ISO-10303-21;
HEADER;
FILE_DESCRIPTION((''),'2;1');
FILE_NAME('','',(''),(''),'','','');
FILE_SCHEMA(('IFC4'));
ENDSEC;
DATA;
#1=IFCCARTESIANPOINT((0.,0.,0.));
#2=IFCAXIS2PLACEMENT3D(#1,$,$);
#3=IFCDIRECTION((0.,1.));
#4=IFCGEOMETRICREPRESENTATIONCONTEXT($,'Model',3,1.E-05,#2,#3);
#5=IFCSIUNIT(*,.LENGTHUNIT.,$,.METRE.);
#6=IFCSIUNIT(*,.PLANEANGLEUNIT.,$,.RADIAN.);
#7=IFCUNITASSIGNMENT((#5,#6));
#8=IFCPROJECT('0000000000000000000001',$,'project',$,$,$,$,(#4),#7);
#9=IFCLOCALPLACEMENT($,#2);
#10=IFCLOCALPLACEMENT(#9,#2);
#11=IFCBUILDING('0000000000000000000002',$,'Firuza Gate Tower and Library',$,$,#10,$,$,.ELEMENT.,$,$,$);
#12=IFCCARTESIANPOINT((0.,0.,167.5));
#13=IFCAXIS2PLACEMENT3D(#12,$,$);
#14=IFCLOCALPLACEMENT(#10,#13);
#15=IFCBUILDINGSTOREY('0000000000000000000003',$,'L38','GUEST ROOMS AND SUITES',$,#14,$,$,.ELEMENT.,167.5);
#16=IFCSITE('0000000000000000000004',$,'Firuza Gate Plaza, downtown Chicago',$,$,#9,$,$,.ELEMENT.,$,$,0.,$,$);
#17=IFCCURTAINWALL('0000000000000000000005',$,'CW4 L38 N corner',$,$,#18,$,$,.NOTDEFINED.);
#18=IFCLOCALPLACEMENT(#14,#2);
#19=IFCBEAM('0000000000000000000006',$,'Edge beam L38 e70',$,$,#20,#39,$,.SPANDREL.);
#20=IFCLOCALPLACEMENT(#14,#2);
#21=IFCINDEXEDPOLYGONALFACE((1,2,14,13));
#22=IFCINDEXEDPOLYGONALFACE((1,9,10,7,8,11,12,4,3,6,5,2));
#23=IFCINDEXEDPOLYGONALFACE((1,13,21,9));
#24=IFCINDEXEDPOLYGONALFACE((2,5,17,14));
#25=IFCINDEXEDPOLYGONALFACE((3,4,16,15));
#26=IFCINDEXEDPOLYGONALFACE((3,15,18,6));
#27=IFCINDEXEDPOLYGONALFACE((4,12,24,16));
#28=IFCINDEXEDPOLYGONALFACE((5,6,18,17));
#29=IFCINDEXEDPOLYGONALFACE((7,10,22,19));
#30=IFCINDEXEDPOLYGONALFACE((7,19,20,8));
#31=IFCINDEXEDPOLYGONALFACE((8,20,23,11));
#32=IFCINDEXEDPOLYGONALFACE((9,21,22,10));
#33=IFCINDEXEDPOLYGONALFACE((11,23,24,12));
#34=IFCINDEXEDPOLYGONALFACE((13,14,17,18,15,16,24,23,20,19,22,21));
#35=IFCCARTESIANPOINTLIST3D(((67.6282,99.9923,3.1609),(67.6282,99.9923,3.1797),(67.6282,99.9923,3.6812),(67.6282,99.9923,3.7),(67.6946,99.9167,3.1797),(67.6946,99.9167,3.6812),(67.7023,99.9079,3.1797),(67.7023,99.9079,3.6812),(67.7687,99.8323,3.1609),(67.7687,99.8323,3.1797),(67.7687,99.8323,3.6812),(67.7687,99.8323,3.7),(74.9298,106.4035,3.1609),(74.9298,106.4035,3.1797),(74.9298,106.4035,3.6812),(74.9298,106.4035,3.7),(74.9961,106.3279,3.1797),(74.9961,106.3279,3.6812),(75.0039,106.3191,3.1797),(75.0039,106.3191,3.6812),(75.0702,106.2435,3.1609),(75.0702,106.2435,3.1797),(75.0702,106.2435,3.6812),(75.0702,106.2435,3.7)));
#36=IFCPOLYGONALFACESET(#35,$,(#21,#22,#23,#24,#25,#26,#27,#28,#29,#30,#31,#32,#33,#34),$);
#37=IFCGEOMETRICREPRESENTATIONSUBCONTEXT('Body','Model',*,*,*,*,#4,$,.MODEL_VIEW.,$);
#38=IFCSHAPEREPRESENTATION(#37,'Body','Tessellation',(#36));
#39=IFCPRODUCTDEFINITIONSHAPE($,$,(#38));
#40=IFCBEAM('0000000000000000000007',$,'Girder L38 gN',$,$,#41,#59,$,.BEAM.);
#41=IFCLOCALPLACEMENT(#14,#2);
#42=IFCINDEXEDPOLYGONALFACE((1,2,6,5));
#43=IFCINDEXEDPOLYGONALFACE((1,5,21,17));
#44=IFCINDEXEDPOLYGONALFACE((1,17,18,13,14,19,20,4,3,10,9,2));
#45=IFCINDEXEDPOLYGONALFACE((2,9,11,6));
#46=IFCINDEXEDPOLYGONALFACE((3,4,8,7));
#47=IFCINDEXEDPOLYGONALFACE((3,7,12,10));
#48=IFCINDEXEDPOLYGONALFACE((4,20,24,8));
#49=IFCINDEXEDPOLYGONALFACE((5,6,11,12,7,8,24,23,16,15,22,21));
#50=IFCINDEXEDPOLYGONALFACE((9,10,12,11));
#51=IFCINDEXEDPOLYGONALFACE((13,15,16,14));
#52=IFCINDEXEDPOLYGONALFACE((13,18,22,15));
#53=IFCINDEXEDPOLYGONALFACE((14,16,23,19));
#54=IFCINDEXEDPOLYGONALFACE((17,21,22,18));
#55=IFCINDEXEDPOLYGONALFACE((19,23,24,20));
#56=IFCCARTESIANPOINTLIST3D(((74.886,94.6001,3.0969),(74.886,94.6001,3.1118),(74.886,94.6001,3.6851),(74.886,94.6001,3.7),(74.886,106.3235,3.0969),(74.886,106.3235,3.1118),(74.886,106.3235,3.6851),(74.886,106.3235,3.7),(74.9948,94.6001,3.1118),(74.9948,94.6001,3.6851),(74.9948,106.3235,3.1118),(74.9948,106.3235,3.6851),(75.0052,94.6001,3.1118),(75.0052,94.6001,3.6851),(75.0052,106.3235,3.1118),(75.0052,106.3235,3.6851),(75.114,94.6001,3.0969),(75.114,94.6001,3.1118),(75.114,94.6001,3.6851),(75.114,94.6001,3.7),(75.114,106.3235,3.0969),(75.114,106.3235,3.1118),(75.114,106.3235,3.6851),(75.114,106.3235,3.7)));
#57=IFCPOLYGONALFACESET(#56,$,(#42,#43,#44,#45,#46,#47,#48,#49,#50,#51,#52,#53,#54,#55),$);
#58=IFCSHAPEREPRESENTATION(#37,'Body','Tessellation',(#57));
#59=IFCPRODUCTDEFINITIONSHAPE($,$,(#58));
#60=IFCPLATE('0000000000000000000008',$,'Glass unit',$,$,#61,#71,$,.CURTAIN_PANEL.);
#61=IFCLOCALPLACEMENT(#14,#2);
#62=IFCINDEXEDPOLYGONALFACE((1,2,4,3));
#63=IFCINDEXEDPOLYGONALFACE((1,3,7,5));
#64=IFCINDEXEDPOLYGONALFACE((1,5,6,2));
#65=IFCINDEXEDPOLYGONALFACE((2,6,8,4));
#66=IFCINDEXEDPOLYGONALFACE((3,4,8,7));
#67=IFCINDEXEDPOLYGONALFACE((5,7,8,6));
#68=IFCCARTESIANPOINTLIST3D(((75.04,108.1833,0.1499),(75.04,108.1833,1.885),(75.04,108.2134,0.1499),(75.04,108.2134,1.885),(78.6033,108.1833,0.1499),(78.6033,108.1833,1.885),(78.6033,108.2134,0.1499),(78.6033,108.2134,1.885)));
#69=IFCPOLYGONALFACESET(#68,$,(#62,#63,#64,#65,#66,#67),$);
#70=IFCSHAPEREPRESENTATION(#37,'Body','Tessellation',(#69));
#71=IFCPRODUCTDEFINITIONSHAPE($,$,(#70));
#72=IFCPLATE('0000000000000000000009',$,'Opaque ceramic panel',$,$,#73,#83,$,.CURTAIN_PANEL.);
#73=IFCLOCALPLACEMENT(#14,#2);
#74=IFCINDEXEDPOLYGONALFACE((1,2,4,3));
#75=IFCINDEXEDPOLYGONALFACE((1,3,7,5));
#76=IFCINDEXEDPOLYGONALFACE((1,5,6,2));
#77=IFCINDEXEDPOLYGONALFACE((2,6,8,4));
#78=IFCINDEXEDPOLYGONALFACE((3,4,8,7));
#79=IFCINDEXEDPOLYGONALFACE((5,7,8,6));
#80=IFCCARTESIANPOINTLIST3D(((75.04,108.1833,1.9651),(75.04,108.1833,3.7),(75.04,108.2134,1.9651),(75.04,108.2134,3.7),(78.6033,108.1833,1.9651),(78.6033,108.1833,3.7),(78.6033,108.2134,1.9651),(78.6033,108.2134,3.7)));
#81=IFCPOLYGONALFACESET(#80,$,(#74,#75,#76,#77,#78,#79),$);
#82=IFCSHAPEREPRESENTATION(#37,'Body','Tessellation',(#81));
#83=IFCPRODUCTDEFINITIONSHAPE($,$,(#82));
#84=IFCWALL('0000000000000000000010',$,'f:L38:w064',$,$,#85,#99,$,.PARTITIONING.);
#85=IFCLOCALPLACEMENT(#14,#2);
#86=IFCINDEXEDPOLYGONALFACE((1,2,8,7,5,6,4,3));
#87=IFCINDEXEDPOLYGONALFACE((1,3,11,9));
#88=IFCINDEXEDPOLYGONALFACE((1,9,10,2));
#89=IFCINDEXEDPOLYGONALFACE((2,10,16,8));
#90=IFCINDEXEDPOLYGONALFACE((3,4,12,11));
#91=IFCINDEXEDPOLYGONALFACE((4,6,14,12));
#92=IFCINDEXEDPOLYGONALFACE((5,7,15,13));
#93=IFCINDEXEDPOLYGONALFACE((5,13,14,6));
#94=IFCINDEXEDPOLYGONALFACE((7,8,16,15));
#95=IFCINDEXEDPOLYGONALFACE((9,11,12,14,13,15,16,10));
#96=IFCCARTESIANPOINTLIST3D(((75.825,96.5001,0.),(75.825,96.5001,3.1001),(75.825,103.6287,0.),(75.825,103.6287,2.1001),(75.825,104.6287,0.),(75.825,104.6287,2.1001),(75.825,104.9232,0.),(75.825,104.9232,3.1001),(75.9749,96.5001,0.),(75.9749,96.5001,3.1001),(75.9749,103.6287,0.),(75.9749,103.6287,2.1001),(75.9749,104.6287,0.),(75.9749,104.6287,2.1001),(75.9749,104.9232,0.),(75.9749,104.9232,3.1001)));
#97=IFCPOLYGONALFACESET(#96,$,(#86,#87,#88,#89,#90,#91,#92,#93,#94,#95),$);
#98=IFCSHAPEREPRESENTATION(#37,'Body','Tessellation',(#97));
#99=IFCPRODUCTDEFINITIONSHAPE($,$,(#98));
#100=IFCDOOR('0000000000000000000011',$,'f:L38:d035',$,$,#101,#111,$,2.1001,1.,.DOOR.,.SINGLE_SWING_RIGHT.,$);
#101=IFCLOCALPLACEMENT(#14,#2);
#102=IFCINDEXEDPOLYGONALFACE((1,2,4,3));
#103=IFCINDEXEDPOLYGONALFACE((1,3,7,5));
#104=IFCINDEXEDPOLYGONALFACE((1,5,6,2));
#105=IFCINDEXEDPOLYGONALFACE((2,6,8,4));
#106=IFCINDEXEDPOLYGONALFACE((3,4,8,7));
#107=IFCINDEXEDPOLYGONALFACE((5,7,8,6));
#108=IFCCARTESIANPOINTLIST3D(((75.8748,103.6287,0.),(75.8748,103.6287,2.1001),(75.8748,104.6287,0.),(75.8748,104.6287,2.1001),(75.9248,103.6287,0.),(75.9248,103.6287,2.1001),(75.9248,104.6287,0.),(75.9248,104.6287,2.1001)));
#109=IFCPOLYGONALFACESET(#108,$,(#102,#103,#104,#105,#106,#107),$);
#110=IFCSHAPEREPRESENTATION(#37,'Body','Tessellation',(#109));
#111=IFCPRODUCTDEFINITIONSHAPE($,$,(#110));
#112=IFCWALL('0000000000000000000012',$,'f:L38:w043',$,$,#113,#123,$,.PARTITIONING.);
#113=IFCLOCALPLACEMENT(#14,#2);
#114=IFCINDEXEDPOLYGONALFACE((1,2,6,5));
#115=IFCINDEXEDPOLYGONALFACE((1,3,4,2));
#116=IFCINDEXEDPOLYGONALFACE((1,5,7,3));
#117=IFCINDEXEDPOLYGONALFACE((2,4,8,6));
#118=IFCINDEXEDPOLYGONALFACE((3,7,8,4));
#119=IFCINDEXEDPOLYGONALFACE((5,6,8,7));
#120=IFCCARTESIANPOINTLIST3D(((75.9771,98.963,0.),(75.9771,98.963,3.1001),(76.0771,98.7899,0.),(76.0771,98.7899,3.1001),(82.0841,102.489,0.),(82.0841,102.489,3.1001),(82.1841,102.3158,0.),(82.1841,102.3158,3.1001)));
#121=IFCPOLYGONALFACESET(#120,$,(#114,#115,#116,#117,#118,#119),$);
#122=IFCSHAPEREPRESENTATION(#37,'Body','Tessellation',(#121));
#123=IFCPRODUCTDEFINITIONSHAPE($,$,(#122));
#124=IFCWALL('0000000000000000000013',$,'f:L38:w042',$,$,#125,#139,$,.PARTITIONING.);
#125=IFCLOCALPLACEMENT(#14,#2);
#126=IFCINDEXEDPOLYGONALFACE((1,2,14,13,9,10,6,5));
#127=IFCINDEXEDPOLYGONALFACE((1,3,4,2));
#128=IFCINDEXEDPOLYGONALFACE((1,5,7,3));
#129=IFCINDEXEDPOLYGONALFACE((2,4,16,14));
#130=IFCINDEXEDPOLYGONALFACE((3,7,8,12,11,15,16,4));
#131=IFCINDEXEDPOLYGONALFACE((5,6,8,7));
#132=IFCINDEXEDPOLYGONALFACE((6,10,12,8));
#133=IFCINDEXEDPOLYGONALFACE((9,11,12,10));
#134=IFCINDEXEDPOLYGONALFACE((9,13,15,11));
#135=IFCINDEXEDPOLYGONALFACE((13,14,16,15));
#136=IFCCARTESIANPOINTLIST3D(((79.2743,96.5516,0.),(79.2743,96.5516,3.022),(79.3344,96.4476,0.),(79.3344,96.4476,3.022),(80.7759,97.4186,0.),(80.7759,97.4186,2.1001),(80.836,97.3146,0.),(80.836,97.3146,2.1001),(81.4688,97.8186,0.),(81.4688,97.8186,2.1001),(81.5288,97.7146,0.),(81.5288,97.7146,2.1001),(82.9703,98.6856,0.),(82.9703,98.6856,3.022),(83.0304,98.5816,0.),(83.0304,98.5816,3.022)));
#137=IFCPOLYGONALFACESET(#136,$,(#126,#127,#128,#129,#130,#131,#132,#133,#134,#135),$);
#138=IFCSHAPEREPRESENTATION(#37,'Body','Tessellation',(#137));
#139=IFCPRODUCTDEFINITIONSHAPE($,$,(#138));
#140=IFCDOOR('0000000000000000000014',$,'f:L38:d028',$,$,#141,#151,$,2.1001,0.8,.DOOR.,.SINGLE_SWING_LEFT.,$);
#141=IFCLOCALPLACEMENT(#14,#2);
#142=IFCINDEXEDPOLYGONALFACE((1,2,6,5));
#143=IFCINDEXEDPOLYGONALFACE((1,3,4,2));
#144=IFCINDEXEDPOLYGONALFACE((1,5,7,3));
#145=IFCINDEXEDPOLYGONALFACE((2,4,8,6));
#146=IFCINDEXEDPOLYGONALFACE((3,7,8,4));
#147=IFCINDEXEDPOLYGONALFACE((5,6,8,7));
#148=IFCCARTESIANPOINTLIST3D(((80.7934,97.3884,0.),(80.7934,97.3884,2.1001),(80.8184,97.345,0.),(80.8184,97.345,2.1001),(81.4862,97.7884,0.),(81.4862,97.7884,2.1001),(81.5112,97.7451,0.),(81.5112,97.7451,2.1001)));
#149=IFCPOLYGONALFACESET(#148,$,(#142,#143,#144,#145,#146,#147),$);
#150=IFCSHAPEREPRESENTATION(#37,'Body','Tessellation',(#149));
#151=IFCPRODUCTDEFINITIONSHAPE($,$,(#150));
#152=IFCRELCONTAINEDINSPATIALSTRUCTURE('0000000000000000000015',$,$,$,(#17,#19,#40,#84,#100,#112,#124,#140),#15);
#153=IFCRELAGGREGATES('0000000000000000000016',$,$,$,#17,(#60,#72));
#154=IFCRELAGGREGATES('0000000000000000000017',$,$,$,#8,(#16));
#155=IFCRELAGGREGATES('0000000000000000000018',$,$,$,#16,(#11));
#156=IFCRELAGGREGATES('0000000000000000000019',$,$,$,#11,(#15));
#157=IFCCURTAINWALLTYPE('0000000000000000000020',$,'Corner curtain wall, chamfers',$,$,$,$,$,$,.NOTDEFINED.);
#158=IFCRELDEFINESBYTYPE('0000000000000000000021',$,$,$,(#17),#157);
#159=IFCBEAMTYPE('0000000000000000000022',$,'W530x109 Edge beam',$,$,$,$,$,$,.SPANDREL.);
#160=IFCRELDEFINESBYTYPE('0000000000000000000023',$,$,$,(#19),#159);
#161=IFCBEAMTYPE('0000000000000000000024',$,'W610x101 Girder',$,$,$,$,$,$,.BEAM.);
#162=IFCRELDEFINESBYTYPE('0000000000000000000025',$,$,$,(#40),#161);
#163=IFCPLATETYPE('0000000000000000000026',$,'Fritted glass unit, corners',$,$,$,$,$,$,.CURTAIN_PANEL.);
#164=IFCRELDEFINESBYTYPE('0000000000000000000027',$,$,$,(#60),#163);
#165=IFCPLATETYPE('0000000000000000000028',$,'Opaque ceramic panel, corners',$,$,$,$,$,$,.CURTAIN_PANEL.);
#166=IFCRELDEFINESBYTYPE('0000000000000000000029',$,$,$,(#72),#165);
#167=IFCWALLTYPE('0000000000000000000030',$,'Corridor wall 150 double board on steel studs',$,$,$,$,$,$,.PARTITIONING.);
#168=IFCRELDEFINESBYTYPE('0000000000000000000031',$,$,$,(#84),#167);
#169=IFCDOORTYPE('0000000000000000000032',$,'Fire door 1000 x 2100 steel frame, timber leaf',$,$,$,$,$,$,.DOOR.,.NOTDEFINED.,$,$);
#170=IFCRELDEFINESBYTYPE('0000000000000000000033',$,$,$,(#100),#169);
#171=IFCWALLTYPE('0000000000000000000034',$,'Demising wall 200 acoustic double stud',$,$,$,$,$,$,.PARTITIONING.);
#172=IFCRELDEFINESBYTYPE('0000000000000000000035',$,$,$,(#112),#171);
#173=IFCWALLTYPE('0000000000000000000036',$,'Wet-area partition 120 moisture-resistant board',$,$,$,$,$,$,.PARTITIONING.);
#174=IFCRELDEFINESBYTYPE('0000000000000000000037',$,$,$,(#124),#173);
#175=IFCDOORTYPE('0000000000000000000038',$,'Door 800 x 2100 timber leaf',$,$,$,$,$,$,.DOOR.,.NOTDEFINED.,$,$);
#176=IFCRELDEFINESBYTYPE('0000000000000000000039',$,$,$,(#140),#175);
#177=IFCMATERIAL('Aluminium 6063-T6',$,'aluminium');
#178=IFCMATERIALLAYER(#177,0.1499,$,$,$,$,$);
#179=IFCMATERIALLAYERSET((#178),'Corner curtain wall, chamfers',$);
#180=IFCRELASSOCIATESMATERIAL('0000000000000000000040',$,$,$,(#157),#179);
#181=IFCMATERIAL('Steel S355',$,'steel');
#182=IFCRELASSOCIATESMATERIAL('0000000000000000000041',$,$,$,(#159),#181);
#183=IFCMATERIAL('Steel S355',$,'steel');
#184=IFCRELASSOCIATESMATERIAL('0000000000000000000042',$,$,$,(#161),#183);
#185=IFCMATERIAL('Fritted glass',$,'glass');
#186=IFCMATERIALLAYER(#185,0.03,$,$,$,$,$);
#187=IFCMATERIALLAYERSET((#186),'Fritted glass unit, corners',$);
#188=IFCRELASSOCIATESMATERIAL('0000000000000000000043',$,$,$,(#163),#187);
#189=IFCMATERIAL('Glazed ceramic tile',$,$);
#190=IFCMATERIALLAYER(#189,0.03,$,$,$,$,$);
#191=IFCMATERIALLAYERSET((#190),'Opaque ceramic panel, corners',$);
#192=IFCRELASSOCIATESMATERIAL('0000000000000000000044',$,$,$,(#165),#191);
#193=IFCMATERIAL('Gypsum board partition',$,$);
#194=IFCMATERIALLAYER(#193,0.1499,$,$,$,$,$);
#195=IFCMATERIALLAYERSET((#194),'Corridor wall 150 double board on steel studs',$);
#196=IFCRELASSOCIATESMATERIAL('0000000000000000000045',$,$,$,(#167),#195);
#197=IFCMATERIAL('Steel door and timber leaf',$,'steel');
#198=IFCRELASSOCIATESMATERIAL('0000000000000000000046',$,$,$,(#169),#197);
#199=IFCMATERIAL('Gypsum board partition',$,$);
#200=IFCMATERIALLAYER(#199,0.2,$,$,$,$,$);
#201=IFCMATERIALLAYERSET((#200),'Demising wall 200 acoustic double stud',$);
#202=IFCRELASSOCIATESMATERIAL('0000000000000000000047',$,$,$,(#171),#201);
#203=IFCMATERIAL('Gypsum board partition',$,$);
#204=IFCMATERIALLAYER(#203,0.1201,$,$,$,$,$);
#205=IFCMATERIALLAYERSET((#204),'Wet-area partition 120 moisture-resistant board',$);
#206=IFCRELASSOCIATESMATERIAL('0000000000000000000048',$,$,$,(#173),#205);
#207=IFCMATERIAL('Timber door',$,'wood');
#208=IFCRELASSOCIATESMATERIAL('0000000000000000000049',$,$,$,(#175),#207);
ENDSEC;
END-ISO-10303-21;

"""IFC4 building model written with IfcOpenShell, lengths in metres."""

from ifc_helpers import new_model, si_unit, direction, frame, frame_2d, origin, origin_2d, place, context, subcontext, project, spatial, polyline, rectangle, i_section, outline, extrude, material, layer, layer_set, material_profile, profile_set, type_object, element, fill, aggregate, save


model = new_model("IFC4")

# Units and contexts
model_context = context("Model", 3, precision=1e-05, world=origin(), true_north=direction((0.0, 1.0)))
body_context = subcontext(model_context, "Body", "Model", "MODEL_VIEW")
ifc_project = project(units=[si_unit("LENGTHUNIT", "METRE"), si_unit("PLANEANGLEUNIT", "RADIAN")], contexts=[model_context])

# Site, building, storey
site_placement = place(None, origin())
site = spatial("IfcSite", under=ifc_project, at=site_placement, Name="Firuza Gate Plaza, downtown Chicago", CompositionType="ELEMENT", RefElevation=0.0)
building_placement = place(site_placement, origin())
building = spatial("IfcBuilding", under=site, at=building_placement, Name="Firuza Gate Tower and Library", CompositionType="ELEMENT")
storey_placement = place(building_placement, frame((0.0, 0.0, 167.5)))
storey = spatial("IfcBuildingStorey", under=building, at=storey_placement, Name="L38", Description="GUEST ROOMS AND SUITES", CompositionType="ELEMENT", Elevation=167.5)

# Curtain wall
ifc_material_1 = material(Name="Aluminium 6063-T6", Category="aluminium")
ifc_layer_1 = layer(ifc_material_1, 0.1499)
ifc_layer_set_1 = layer_set([ifc_layer_1], Name="Corner curtain wall, chamfers")
curtain_wall_type = type_object("IfcCurtainWallType", Name="Corner curtain wall, chamfers", PredefinedType="NOTDEFINED", material=ifc_layer_set_1)
curtain_wall_placement = place(storey_placement, origin())
curtain_wall = element("IfcCurtainWall", 1, at=curtain_wall_placement, inside=storey, type_object=curtain_wall_type, Name="CW4 L38 N corner", PredefinedType="NOTDEFINED")

# Beams
ifc_material_2 = material(Name="Steel S355", Category="steel")
ifc_material_profile_1 = material_profile(ifc_material_2, i_section(OverallWidth=0.2129, OverallDepth=0.5391, WebThickness=0.0117, FlangeThickness=0.0188, at=origin_2d()))
ifc_profile_set_1 = profile_set([ifc_material_profile_1], Name="Steel S355")
beam_type_1 = type_object("IfcBeamType", Name="W530x109 Edge beam", PredefinedType="SPANDREL", material=ifc_profile_set_1)
for number, where, z_axis, x_axis, name in (
    (2, (75.0, 106.3235, 3.4304), (-0.751438, -0.659804, 0.0), (0.659804, -0.751438, 0.0), "Edge beam L38 e70"),
):
    element("IfcBeam", number, at=place(storey_placement, frame(where, z_axis=z_axis, x_axis=x_axis)), inside=storey, type_object=beam_type_1, Name=name, PredefinedType="SPANDREL", context=body_context, shape_type="SweptSolid", body=[
        extrude(i_section(OverallWidth=0.2129, OverallDepth=0.5391, WebThickness=0.0117, FlangeThickness=0.0188, at=origin_2d()), origin(), (0.0, 0.0, 1.0), 9.7168),
    ])
ifc_material_3 = material(Name="Steel S355", Category="steel")
ifc_material_profile_2 = material_profile(ifc_material_3, i_section(OverallWidth=0.228, OverallDepth=0.603, WebThickness=0.0105, FlangeThickness=0.0149, at=origin_2d()))
ifc_profile_set_2 = profile_set([ifc_material_profile_2], Name="Steel S355")
beam_type_2 = type_object("IfcBeamType", Name="W610x101 Girder", PredefinedType="BEAM", material=ifc_profile_set_2)
beam_1_placement = place(storey_placement, frame((75.0, 106.3235, 3.3984), z_axis=(0.0, -1.0, 0.0), x_axis=(1.0, 0.0, 0.0)))
element("IfcBeam", 3, at=beam_1_placement, inside=storey, type_object=beam_type_2, Name="Girder L38 gN", PredefinedType="BEAM", context=body_context, shape_type="SweptSolid", body=[
    extrude(i_section(OverallWidth=0.228, OverallDepth=0.603, WebThickness=0.0105, FlangeThickness=0.0149, at=origin_2d()), origin(), (0.0, 0.0, 1.0), 11.7234),
])

# Plates
ifc_material_4 = material(Name="Fritted glass", Category="glass")
ifc_layer_2 = layer(ifc_material_4, 0.03)
ifc_layer_set_2 = layer_set([ifc_layer_2], Name="Fritted glass unit, corners")
plate_type_1 = type_object("IfcPlateType", Name="Fritted glass unit, corners", PredefinedType="CURTAIN_PANEL", material=ifc_layer_set_2)
plate_1_placement = place(storey_placement, frame((78.6033, 108.2134, 0.1499), z_axis=(0.0, 1.0, 0.0), x_axis=(-1.0, 0.0, 0.0)))
plate_1 = element("IfcPlate", 4, at=plate_1_placement, type_object=plate_type_1, Name="Glass unit", PredefinedType="CURTAIN_PANEL", context=body_context, shape_type="SweptSolid", body=[
    extrude(outline(polyline([(0.0, 0.0), (3.5632, 0.0), (3.5632, 1.7351), (0.0, 1.7351), (0.0, 0.0)])), origin(), (0.0, 0.0, -1.0), 0.03),
])
ifc_material_5 = material(Name="Glazed ceramic tile")
ifc_layer_3 = layer(ifc_material_5, 0.03)
ifc_layer_set_3 = layer_set([ifc_layer_3], Name="Opaque ceramic panel, corners")
plate_type_2 = type_object("IfcPlateType", Name="Opaque ceramic panel, corners", PredefinedType="CURTAIN_PANEL", material=ifc_layer_set_3)
plate_2_placement = place(storey_placement, frame((78.6033, 108.2134, 1.9651), z_axis=(0.0, 1.0, 0.0), x_axis=(-1.0, 0.0, 0.0)))
plate_2 = element("IfcPlate", 5, at=plate_2_placement, type_object=plate_type_2, Name="Opaque ceramic panel", PredefinedType="CURTAIN_PANEL", context=body_context, shape_type="SweptSolid", body=[
    extrude(outline(polyline([(0.0, 0.0), (3.5632, 0.0), (3.5632, 1.7349), (0.0, 1.7349), (0.0, 0.0)])), origin(), (0.0, 0.0, -1.0), 0.03),
])
aggregate(curtain_wall, [plate_1, plate_2])

# Wall, opening, door
ifc_material_6 = material(Name="Gypsum board partition")
ifc_layer_4 = layer(ifc_material_6, 0.1499)
ifc_layer_set_4 = layer_set([ifc_layer_4], Name="Corridor wall 150 double board on steel studs")
wall_type_1 = type_object("IfcWallType", Name="Corridor wall 150 double board on steel studs", PredefinedType="PARTITIONING", material=ifc_layer_set_4)
wall_1_placement = place(storey_placement, frame((75.8999, 104.9231, 0.0), z_axis=(0.0, 0.0, 1.0), x_axis=(0.0, -1.0, 0.0)))
wall_1 = element("IfcWall", 6, at=wall_1_placement, inside=storey, type_object=wall_type_1, Name="f:L38:w064", PredefinedType="PARTITIONING", context=body_context, shape_type="SweptSolid", body=[
    extrude(rectangle(XDim=8.4231, YDim=0.1499, at=frame_2d((4.2114, 0.0))), origin(), (0.0, 0.0, 1.0), 3.1001),
])
opening_1_placement = place(wall_1_placement, frame((0.2944, 0.0, 0.0)))
opening_1 = element("IfcOpeningElement", 7, at=opening_1_placement, cuts=wall_1, PredefinedType="OPENING", context=body_context, shape_type="SweptSolid", body=[
    extrude(rectangle(XDim=1.0, YDim=2.1001, at=frame_2d((0.5, 1.05))), frame((0.0, 0.085, 0.0), z_axis=(0.0, -1.0, 0.0), x_axis=(1.0, 0.0, 0.0)), (0.0, 0.0, 1.0), 0.1699),
])
ifc_material_7 = material(Name="Steel door and timber leaf", Category="steel")
door_type_1 = type_object("IfcDoorType", Name="Fire door 1000 x 2100 steel frame, timber leaf", OperationType="NOTDEFINED", PredefinedType="DOOR", material=ifc_material_7)
door_1_placement = place(opening_1_placement, origin())
door_1 = element("IfcDoor", 8, at=door_1_placement, inside=storey, type_object=door_type_1, Name="f:L38:d035", OperationType="SINGLE_SWING_RIGHT", OverallHeight=2.1001, OverallWidth=1.0, PredefinedType="DOOR", context=body_context, shape_type="SweptSolid", body=[
    extrude(rectangle(XDim=1.0, YDim=2.1001, at=frame_2d((0.5, 1.05))), frame((0.0, 0.0249, 0.0), z_axis=(0.0, -1.0, 0.0), x_axis=(1.0, 0.0, 0.0)), (0.0, 0.0, 1.0), 0.05),
])
fill(opening_1, door_1)

# Wall
ifc_material_8 = material(Name="Gypsum board partition")
ifc_layer_5 = layer(ifc_material_8, 0.2)
ifc_layer_set_5 = layer_set([ifc_layer_5], Name="Demising wall 200 acoustic double stud")
wall_type_2 = type_object("IfcWallType", Name="Demising wall 200 acoustic double stud", PredefinedType="PARTITIONING", material=ifc_layer_set_5)
wall_2_placement = place(storey_placement, frame((76.0271, 98.8765, 0.0), z_axis=(0.0, 0.0, 1.0), x_axis=(0.866023, 0.500004, 0.0)))
element("IfcWall", 9, at=wall_2_placement, inside=storey, type_object=wall_type_2, Name="f:L38:w043", PredefinedType="PARTITIONING", context=body_context, shape_type="SweptSolid", body=[
    extrude(rectangle(XDim=7.0518, YDim=0.2, at=frame_2d((3.5259, 0.0))), origin(), (0.0, 0.0, 1.0), 3.1001),
])

# Wall, opening, door
ifc_material_9 = material(Name="Gypsum board partition")
ifc_layer_6 = layer(ifc_material_9, 0.1201)
ifc_layer_set_6 = layer_set([ifc_layer_6], Name="Wet-area partition 120 moisture-resistant board")
wall_type_3 = type_object("IfcWallType", Name="Wet-area partition 120 moisture-resistant board", PredefinedType="PARTITIONING", material=ifc_layer_set_6)
wall_3_placement = place(storey_placement, frame((83.0002, 98.6335, 0.0), z_axis=(0.0, 0.0, 1.0), x_axis=(-0.866013, -0.500021, 0.0)))
wall_3 = element("IfcWall", 10, at=wall_3_placement, inside=storey, type_object=wall_type_3, Name="f:L38:w042", PredefinedType="PARTITIONING", context=body_context, shape_type="SweptSolid", body=[
    extrude(rectangle(XDim=4.2678, YDim=0.1201, at=frame_2d((2.1338, 0.0))), origin(), (0.0, 0.0, 1.0), 3.022),
])
opening_2_placement = place(wall_3_placement, frame((1.7339, 0.0, 0.0)))
opening_2 = element("IfcOpeningElement", 11, at=opening_2_placement, cuts=wall_3, PredefinedType="OPENING", context=body_context, shape_type="SweptSolid", body=[
    extrude(rectangle(XDim=0.8, YDim=2.1001, at=frame_2d((0.3999, 1.05))), frame((0.0, 0.0701, 0.0), z_axis=(0.0, -1.0, 0.0), x_axis=(1.0, 0.0, 0.0)), (0.0, 0.0, 1.0), 0.1401),
])
ifc_material_10 = material(Name="Timber door", Category="wood")
door_type_2 = type_object("IfcDoorType", Name="Door 800 x 2100 timber leaf", OperationType="NOTDEFINED", PredefinedType="DOOR", material=ifc_material_10)
door_2_placement = place(opening_2_placement, origin())
door_2 = element("IfcDoor", 12, at=door_2_placement, inside=storey, type_object=door_type_2, Name="f:L38:d028", OperationType="SINGLE_SWING_LEFT", OverallHeight=2.1001, OverallWidth=0.8, PredefinedType="DOOR", context=body_context, shape_type="SweptSolid", body=[
    extrude(rectangle(XDim=0.8, YDim=2.1001, at=frame_2d((0.3999, 1.05))), frame((0.0, 0.0249, 0.0), z_axis=(0.0, -1.0, 0.0), x_axis=(1.0, 0.0, 0.0)), (0.0, 0.0, 1.0), 0.05),
])
fill(opening_2, door_2)

save(model, "model.ifc")
